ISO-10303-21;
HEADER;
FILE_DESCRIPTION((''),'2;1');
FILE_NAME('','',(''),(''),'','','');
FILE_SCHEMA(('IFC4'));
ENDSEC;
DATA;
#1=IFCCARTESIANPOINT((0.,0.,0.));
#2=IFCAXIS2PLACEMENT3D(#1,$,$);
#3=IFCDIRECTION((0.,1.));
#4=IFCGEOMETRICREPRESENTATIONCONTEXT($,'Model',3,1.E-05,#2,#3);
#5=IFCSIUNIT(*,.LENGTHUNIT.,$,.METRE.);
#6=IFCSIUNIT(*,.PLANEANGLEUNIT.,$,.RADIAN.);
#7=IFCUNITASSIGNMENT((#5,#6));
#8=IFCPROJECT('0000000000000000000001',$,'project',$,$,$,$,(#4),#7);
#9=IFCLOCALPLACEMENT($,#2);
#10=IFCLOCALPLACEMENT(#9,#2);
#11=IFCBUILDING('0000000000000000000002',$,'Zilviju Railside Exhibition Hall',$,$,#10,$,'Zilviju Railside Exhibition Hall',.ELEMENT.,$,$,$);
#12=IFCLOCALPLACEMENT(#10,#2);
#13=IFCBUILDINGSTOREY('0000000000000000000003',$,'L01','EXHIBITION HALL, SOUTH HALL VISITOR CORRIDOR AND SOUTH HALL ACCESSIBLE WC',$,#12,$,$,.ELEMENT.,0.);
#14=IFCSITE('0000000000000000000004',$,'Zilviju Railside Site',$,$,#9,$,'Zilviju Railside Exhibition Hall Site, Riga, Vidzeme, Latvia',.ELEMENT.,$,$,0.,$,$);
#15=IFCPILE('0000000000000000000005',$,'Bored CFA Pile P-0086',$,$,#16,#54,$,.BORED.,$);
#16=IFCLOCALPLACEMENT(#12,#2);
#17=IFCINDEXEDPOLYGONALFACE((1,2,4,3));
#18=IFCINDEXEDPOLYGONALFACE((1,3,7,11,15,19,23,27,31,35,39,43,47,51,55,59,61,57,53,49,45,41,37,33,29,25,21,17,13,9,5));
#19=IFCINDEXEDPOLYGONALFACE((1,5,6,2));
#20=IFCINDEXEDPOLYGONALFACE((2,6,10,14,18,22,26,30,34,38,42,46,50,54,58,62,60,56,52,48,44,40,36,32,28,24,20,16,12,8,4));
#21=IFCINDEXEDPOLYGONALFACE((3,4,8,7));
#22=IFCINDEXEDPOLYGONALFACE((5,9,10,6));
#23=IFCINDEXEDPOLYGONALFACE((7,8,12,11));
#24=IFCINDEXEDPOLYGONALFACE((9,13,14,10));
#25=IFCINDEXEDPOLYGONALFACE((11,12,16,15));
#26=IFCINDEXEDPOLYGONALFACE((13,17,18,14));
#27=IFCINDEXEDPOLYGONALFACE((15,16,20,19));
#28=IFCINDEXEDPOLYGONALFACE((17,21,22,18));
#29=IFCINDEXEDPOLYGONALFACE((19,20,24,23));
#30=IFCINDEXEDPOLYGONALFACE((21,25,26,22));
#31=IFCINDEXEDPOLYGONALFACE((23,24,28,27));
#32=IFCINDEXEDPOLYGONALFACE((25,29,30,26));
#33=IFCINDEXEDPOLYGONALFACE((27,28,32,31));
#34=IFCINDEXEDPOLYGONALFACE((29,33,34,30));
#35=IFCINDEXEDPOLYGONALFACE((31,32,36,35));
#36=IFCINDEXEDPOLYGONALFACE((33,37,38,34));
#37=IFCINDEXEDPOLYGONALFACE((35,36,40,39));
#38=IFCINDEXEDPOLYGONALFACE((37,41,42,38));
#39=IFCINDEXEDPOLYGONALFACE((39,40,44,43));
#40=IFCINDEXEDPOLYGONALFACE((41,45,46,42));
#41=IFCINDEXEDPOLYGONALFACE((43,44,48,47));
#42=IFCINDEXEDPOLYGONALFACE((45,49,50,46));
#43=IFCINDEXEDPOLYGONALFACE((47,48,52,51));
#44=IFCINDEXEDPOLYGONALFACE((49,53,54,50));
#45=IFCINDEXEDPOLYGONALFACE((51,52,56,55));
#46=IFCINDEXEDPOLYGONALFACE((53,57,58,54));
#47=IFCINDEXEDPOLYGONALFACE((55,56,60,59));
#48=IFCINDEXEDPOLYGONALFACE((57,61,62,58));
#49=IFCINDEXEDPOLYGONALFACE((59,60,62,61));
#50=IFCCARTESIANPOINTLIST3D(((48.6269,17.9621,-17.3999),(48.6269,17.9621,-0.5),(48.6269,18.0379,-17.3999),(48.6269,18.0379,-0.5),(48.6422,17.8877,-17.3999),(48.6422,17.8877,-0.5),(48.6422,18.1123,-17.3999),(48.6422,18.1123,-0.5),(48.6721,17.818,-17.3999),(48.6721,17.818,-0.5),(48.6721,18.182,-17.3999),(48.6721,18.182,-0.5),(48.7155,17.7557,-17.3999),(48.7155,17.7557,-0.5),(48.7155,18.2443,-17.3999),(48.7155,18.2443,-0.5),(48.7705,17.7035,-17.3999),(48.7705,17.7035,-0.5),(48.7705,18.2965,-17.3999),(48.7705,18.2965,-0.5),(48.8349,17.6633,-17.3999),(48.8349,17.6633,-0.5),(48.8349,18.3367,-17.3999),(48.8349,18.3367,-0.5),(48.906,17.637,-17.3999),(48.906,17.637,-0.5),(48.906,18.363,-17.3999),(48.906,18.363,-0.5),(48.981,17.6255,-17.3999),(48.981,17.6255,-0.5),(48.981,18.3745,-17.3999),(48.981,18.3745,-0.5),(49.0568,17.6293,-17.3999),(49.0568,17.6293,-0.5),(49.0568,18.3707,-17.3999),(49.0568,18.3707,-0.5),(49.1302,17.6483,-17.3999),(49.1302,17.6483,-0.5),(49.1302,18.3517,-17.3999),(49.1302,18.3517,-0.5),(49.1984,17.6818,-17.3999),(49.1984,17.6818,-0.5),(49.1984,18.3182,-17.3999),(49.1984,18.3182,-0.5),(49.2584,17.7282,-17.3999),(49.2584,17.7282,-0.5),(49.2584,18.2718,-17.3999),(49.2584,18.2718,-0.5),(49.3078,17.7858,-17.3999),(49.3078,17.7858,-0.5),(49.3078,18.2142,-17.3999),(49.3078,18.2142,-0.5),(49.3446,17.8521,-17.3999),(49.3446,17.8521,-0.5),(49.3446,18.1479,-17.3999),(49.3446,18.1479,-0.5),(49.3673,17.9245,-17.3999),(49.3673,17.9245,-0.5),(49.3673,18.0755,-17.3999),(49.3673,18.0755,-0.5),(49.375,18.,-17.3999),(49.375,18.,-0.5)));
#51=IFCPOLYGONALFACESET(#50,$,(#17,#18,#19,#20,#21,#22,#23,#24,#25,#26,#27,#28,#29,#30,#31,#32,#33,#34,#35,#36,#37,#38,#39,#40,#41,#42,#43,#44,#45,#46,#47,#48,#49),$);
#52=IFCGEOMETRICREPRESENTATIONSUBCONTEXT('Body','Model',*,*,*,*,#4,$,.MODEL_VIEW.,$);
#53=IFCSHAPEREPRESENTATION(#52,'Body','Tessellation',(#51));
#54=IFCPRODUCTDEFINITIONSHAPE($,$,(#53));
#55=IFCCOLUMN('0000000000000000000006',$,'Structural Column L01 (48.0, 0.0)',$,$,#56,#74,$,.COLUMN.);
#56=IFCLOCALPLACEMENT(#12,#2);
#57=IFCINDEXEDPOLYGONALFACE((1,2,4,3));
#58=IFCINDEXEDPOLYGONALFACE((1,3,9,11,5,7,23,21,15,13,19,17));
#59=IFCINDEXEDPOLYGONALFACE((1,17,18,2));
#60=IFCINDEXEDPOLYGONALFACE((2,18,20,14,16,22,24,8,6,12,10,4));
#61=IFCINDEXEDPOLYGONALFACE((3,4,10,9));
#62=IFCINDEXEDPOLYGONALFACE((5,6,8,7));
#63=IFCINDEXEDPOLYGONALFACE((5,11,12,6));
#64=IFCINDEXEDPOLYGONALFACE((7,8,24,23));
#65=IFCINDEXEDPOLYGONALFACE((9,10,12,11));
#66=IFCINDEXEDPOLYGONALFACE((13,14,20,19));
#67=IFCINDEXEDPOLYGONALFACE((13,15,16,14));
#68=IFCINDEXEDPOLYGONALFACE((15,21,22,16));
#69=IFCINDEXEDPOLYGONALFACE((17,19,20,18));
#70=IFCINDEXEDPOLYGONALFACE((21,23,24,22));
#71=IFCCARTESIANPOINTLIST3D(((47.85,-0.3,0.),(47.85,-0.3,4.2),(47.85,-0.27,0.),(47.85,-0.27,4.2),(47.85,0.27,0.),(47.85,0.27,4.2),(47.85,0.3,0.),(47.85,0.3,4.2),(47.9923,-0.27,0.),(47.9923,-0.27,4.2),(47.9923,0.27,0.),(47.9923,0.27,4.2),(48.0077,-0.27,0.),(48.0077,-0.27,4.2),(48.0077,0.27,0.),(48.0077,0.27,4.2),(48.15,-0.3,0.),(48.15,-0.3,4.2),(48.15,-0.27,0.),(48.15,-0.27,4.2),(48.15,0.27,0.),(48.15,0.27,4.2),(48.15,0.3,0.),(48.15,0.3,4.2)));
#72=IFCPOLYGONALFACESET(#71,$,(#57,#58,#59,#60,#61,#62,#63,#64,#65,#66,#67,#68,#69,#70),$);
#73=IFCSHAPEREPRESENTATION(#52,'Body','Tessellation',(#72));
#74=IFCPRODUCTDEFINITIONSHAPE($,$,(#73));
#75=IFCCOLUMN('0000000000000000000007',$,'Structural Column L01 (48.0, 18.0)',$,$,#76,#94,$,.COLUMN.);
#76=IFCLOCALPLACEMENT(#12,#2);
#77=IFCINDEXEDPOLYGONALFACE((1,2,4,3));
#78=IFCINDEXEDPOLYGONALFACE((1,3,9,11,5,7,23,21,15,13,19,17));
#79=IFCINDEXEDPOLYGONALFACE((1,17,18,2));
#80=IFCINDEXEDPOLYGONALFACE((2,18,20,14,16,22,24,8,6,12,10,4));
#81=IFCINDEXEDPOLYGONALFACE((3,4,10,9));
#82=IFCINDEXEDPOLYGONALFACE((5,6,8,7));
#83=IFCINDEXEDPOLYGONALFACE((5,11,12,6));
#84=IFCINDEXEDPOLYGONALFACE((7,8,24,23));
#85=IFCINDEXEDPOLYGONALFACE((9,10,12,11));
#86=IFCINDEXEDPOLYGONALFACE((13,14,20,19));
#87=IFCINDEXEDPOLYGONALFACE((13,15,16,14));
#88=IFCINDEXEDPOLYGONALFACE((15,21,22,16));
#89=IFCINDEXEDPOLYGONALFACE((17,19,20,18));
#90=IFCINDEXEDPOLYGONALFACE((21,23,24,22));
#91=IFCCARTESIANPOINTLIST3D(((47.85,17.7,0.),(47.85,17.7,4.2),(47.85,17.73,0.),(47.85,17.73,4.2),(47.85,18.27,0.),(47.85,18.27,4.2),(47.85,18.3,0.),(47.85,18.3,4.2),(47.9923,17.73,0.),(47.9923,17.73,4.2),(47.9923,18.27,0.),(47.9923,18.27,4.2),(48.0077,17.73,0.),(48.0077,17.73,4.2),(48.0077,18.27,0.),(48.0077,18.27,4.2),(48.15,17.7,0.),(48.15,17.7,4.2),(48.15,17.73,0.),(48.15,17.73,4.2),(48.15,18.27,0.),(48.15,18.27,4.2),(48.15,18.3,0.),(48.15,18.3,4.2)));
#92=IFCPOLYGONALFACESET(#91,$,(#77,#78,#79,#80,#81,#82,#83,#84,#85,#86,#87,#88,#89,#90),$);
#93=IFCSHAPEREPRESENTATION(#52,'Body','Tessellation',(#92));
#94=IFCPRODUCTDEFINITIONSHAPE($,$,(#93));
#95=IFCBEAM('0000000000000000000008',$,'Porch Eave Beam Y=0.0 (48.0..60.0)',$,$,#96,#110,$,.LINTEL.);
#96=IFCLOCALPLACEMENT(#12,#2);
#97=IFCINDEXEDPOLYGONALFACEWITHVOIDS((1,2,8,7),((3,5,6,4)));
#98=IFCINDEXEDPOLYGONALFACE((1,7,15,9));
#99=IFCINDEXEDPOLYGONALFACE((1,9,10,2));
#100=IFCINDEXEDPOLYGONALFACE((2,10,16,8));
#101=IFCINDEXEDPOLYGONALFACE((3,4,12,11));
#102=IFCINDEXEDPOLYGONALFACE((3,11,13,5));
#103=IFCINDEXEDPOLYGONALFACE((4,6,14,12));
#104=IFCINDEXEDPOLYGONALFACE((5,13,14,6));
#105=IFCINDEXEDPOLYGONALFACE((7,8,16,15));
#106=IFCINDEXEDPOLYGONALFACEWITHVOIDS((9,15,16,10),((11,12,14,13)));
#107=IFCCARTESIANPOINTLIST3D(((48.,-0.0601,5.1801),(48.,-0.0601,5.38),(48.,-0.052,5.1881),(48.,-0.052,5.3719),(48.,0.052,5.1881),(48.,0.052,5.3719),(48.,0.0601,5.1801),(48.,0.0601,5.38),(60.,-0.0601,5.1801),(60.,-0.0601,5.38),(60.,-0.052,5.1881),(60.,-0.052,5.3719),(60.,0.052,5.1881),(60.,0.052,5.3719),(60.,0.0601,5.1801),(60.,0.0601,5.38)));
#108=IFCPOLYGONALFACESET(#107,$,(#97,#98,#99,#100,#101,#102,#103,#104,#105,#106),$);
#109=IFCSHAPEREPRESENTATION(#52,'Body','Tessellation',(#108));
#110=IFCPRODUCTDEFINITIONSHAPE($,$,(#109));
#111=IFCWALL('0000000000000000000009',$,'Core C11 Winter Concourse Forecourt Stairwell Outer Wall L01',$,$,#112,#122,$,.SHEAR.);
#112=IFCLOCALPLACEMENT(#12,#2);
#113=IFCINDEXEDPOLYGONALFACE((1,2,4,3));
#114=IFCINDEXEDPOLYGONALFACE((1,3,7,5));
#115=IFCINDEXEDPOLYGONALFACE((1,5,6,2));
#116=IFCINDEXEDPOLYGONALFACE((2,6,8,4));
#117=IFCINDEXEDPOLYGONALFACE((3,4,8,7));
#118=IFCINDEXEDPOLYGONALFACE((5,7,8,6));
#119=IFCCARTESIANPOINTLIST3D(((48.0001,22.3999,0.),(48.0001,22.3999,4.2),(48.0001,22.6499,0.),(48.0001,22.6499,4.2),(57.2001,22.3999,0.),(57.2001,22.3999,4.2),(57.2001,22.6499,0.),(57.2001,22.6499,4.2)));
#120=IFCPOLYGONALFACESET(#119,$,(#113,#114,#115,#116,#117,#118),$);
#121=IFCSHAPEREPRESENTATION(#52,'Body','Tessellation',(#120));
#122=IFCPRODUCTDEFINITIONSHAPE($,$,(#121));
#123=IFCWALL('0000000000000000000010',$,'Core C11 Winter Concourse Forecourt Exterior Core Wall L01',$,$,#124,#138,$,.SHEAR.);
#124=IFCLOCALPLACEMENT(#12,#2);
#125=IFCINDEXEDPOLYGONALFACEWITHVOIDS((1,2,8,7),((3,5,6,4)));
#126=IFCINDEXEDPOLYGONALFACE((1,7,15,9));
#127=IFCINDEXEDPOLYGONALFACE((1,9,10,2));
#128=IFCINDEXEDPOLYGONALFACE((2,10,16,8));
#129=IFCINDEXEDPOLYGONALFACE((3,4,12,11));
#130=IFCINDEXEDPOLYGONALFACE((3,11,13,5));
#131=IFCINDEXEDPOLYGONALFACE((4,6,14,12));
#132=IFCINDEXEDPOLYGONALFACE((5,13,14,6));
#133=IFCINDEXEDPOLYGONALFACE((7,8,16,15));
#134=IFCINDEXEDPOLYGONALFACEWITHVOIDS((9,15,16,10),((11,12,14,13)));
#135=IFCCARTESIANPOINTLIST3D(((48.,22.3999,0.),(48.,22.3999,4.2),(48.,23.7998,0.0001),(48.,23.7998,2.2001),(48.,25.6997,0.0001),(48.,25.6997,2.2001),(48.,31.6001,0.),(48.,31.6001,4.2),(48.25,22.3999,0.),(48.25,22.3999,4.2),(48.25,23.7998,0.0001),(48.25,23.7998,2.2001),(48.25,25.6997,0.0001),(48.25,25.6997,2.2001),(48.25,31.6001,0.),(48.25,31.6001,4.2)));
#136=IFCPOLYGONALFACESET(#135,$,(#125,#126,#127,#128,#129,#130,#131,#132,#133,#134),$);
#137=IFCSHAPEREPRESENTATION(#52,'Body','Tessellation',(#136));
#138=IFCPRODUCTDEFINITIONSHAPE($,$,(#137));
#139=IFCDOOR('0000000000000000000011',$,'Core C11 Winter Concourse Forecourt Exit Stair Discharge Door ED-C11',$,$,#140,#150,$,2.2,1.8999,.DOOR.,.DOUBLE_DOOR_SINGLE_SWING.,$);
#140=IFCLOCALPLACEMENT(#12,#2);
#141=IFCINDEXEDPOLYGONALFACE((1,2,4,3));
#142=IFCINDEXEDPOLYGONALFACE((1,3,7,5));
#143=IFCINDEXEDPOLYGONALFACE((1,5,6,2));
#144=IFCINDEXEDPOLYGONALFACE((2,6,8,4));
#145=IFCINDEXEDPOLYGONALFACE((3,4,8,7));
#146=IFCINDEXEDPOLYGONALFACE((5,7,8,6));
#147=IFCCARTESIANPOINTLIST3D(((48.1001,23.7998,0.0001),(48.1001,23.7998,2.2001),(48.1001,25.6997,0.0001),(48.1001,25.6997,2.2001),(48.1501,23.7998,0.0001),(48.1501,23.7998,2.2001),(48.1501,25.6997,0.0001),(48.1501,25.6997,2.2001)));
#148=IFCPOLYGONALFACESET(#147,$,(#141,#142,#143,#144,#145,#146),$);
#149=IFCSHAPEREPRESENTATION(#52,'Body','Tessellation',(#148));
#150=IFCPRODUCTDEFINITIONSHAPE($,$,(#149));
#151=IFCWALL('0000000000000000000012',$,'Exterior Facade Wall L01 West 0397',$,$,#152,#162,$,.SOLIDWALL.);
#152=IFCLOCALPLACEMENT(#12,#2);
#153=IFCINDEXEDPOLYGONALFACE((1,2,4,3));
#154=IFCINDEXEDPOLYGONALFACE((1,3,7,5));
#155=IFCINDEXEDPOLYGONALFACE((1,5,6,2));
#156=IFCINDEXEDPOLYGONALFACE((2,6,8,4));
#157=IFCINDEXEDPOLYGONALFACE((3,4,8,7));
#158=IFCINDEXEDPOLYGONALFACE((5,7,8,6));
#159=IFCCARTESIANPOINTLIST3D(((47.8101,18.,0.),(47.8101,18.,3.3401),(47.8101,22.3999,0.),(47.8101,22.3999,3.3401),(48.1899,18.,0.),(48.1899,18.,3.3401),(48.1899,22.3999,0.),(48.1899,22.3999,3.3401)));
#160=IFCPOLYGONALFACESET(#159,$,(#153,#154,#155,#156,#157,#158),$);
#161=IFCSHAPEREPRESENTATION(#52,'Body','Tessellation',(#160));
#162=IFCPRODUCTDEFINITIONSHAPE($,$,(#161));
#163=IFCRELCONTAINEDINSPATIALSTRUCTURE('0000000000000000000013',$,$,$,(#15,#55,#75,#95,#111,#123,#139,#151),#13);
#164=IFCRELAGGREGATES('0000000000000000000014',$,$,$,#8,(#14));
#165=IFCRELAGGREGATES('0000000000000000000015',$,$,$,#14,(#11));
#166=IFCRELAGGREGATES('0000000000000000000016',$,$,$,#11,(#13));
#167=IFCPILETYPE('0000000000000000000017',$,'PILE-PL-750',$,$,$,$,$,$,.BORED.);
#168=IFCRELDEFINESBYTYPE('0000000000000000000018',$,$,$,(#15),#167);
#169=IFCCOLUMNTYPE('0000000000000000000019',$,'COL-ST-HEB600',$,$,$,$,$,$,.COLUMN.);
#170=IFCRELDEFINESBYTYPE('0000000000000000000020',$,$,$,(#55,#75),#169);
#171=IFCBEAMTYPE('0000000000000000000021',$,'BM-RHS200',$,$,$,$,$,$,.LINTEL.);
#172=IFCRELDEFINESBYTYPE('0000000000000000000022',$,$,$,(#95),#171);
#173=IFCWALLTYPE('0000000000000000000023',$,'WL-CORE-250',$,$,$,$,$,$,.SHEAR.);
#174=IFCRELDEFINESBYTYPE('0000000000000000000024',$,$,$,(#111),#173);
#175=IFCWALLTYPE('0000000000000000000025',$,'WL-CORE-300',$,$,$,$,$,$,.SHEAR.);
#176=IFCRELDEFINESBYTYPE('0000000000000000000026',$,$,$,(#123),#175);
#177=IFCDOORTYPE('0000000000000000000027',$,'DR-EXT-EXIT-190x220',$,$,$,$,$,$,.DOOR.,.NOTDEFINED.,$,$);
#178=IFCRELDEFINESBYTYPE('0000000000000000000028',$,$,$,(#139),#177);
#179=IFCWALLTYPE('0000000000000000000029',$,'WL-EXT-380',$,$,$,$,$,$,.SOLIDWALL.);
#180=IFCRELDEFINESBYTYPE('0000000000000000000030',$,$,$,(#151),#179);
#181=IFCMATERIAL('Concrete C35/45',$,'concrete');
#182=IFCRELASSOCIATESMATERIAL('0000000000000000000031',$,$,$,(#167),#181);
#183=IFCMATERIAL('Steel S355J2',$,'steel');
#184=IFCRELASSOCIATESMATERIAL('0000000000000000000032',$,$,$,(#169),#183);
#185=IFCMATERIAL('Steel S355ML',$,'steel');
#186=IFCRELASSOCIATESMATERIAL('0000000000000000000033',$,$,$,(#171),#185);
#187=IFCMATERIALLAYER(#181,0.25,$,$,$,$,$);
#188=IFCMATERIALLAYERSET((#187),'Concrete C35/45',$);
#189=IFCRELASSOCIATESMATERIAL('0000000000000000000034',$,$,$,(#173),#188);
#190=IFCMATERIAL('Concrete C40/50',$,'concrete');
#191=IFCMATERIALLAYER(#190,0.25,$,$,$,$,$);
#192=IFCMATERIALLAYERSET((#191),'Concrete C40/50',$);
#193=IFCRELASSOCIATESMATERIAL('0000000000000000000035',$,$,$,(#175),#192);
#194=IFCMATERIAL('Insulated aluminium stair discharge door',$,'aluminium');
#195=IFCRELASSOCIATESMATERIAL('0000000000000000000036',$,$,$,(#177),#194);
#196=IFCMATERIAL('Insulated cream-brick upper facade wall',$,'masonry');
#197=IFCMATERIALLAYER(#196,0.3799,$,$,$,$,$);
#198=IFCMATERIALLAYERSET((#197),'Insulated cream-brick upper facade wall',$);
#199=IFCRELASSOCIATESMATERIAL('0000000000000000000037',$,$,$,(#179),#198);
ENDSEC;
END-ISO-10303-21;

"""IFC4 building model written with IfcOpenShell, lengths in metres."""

from ifc_helpers import new_model, si_unit, direction, frame, frame_2d, origin, origin_2d, place, context, subcontext, project, spatial, rectangle, hollow_rectangle, circle, i_section, extrude, material, layer, layer_set, material_profile, profile_set, type_object, element, fill, save


model = new_model("IFC4")

# Units and contexts
model_context = context("Model", 3, precision=1e-05, world=origin(), true_north=direction((0.0, 1.0)))
body_context = subcontext(model_context, "Body", "Model", "MODEL_VIEW")
ifc_project = project(units=[si_unit("LENGTHUNIT", "METRE"), si_unit("PLANEANGLEUNIT", "RADIAN")], contexts=[model_context])

# Site, building, storey
site_placement = place(None, origin())
site = spatial("IfcSite", under=ifc_project, at=site_placement, Name="Zilviju Railside Site", LongName="Zilviju Railside Exhibition Hall Site, Riga, Vidzeme, Latvia", CompositionType="ELEMENT", RefElevation=0.0)
building_placement = place(site_placement, origin())
building = spatial("IfcBuilding", under=site, at=building_placement, Name="Zilviju Railside Exhibition Hall", LongName="Zilviju Railside Exhibition Hall", CompositionType="ELEMENT")
storey_placement = place(building_placement, origin())
storey = spatial("IfcBuildingStorey", under=building, at=storey_placement, Name="L01", Description="EXHIBITION HALL, SOUTH HALL VISITOR CORRIDOR AND SOUTH HALL ACCESSIBLE WC", CompositionType="ELEMENT", Elevation=0.0)

# Shared definitions
ifc_material_1 = material(Name="Concrete C35/45", Category="concrete")

# Pile
ifc_material_profile_1 = material_profile(ifc_material_1, circle(Radius=0.375, at=origin_2d()), Name="CFA PILE D750")
ifc_profile_set_1 = profile_set([ifc_material_profile_1], Name="Concrete C35/45")
pile_type = type_object("IfcPileType", Name="PILE-PL-750", PredefinedType="BORED", material=ifc_profile_set_1)
for number, where, z_axis, x_axis, name in (
    (1, (49.0, 18.0, -0.5), (0.0, 0.0, -1.0), (1.0, 0.0, 0.0), "Bored CFA Pile P-0086"),
):
    element("IfcPile", number, at=place(storey_placement, frame(where, z_axis=z_axis, x_axis=x_axis)), inside=storey, type_object=pile_type, Name=name, PredefinedType="BORED", context=body_context, shape_type="SweptSolid", body=[
        extrude(circle(Radius=0.375, at=origin_2d()), origin(), (0.0, 0.0, 1.0), 16.8999),
    ])

# Columns
ifc_material_2 = material(Name="Steel S355J2", Category="steel")
ifc_material_profile_2 = material_profile(ifc_material_2, i_section(OverallWidth=0.3, OverallDepth=0.6001, WebThickness=0.0154, FlangeThickness=0.03, at=origin_2d()), Name="HEB 600")
ifc_profile_set_2 = profile_set([ifc_material_profile_2], Name="Steel S355J2")
column_type = type_object("IfcColumnType", Name="COL-ST-HEB600", PredefinedType="COLUMN", material=ifc_profile_set_2)
for number, where, z_axis, x_axis, name in (
    (2, (48.0, 0.0, 0.0), (0.0, 0.0, 1.0), (1.0, 0.0, 0.0), "Structural Column L01 (48.0, 0.0)"),
    (3, (48.0, 18.0, 0.0), (0.0, 0.0, 1.0), (1.0, 0.0, 0.0), "Structural Column L01 (48.0, 18.0)"),
):
    element("IfcColumn", number, at=place(storey_placement, frame(where, z_axis=z_axis, x_axis=x_axis)), inside=storey, type_object=column_type, Name=name, PredefinedType="COLUMN", context=body_context, shape_type="SweptSolid", body=[
        extrude(i_section(OverallWidth=0.3, OverallDepth=0.6001, WebThickness=0.0154, FlangeThickness=0.03, at=origin_2d()), origin(), (0.0, 0.0, 1.0), 4.2),
    ])

# Beam
ifc_material_3 = material(Name="Steel S355ML", Category="steel")
ifc_material_profile_3 = material_profile(ifc_material_3, hollow_rectangle(XDim=0.1201, YDim=0.2, WallThickness=0.0081, at=origin_2d()), Name="RHS 200x120x8.0")
ifc_profile_set_3 = profile_set([ifc_material_profile_3], Name="Steel S355ML")
beam_type = type_object("IfcBeamType", Name="BM-RHS200", PredefinedType="LINTEL", material=ifc_profile_set_3)
beam_placement = place(storey_placement, frame((48.0, 0.0, 5.28), z_axis=(1.0, 0.0, 0.0), x_axis=(0.0, 1.0, 0.0)))
element("IfcBeam", 4, at=beam_placement, inside=storey, type_object=beam_type, Name="Porch Eave Beam Y=0.0 (48.0..60.0)", PredefinedType="LINTEL", context=body_context, shape_type="SweptSolid", body=[
    extrude(hollow_rectangle(XDim=0.1201, YDim=0.2, WallThickness=0.0081, at=origin_2d()), origin(), (0.0, 0.0, 1.0), 12.0),
])

# Wall
ifc_layer_1 = layer(ifc_material_1, 0.25)
ifc_layer_set_1 = layer_set([ifc_layer_1], Name="Concrete C35/45")
wall_type_1 = type_object("IfcWallType", Name="WL-CORE-250", PredefinedType="SHEAR", material=ifc_layer_set_1)
wall_1_placement = place(storey_placement, frame((48.0, 22.5249, 0.0), z_axis=(0.0, 0.0, 1.0), x_axis=(1.0, 0.0, 0.0)))
element("IfcWall", 5, at=wall_1_placement, inside=storey, type_object=wall_type_1, Name="Core C11 Winter Concourse Forecourt Stairwell Outer Wall L01", PredefinedType="SHEAR", context=body_context, shape_type="SweptSolid", body=[
    extrude(rectangle(XDim=9.2, YDim=0.25, at=frame_2d((4.6001, 0.0))), origin(), (0.0, 0.0, 1.0), 4.2),
])

# Wall, opening, door
ifc_material_4 = material(Name="Concrete C40/50", Category="concrete")
ifc_layer_2 = layer(ifc_material_4, 0.25)
ifc_layer_set_2 = layer_set([ifc_layer_2], Name="Concrete C40/50")
wall_type_2 = type_object("IfcWallType", Name="WL-CORE-300", PredefinedType="SHEAR", material=ifc_layer_set_2)
wall_2_placement = place(storey_placement, frame((48.125, 22.3999, 0.0), z_axis=(0.0, 0.0, 1.0), x_axis=(0.0, 1.0, 0.0)))
wall_2 = element("IfcWall", 6, at=wall_2_placement, inside=storey, type_object=wall_type_2, Name="Core C11 Winter Concourse Forecourt Exterior Core Wall L01", PredefinedType="SHEAR", context=body_context, shape_type="SweptSolid", body=[
    extrude(rectangle(XDim=9.2002, YDim=0.25, at=frame_2d((4.6001, 0.0))), origin(), (0.0, 0.0, 1.0), 4.2),
])
opening_1_placement = place(wall_2_placement, frame((1.3999, 0.0, 0.0)))
opening_1 = element("IfcOpeningElement", 7, at=opening_1_placement, cuts=wall_2, PredefinedType="OPENING", context=body_context, shape_type="SweptSolid", body=[
    extrude(rectangle(XDim=1.8999, YDim=2.2, at=frame_2d((0.95, 1.1001))), frame((0.0, 0.135, 0.0), z_axis=(0.0, -1.0, 0.0), x_axis=(1.0, 0.0, 0.0)), (0.0, 0.0, 1.0), 0.27),
])
ifc_material_5 = material(Name="Insulated aluminium stair discharge door", Category="aluminium")
door_type_1 = type_object("IfcDoorType", Name="DR-EXT-EXIT-190x220", OperationType="NOTDEFINED", PredefinedType="DOOR", material=ifc_material_5)
door_1_placement = place(opening_1_placement, origin())
door_1 = element("IfcDoor", 8, at=door_1_placement, inside=storey, type_object=door_type_1, Name="Core C11 Winter Concourse Forecourt Exit Stair Discharge Door ED-C11", OperationType="DOUBLE_DOOR_SINGLE_SWING", OverallHeight=2.2, OverallWidth=1.8999, PredefinedType="DOOR", context=body_context, shape_type="SweptSolid", body=[
    extrude(rectangle(XDim=1.8999, YDim=2.2, at=frame_2d((0.95, 1.1001))), frame((0.0, 0.0249, 0.0), z_axis=(0.0, -1.0, 0.0), x_axis=(1.0, 0.0, 0.0)), (0.0, 0.0, 1.0), 0.05),
])
fill(opening_1, door_1)

# Wall
ifc_material_6 = material(Name="Insulated cream-brick upper facade wall", Category="masonry")
ifc_layer_3 = layer(ifc_material_6, 0.3799)
ifc_layer_set_3 = layer_set([ifc_layer_3], Name="Insulated cream-brick upper facade wall")
wall_type_3 = type_object("IfcWallType", Name="WL-EXT-380", PredefinedType="SOLIDWALL", material=ifc_layer_set_3)
wall_3_placement = place(storey_placement, frame((48.0, 18.0, 0.0), z_axis=(0.0, 0.0, 1.0), x_axis=(0.0, 1.0, 0.0)))
element("IfcWall", 9, at=wall_3_placement, inside=storey, type_object=wall_type_3, Name="Exterior Facade Wall L01 West 0397", PredefinedType="SOLIDWALL", context=body_context, shape_type="SweptSolid", body=[
    extrude(rectangle(XDim=4.3999, YDim=0.3799, at=frame_2d((2.2, 0.0))), origin(), (0.0, 0.0, 1.0), 3.3401),
])

save(model, "model.ifc")
